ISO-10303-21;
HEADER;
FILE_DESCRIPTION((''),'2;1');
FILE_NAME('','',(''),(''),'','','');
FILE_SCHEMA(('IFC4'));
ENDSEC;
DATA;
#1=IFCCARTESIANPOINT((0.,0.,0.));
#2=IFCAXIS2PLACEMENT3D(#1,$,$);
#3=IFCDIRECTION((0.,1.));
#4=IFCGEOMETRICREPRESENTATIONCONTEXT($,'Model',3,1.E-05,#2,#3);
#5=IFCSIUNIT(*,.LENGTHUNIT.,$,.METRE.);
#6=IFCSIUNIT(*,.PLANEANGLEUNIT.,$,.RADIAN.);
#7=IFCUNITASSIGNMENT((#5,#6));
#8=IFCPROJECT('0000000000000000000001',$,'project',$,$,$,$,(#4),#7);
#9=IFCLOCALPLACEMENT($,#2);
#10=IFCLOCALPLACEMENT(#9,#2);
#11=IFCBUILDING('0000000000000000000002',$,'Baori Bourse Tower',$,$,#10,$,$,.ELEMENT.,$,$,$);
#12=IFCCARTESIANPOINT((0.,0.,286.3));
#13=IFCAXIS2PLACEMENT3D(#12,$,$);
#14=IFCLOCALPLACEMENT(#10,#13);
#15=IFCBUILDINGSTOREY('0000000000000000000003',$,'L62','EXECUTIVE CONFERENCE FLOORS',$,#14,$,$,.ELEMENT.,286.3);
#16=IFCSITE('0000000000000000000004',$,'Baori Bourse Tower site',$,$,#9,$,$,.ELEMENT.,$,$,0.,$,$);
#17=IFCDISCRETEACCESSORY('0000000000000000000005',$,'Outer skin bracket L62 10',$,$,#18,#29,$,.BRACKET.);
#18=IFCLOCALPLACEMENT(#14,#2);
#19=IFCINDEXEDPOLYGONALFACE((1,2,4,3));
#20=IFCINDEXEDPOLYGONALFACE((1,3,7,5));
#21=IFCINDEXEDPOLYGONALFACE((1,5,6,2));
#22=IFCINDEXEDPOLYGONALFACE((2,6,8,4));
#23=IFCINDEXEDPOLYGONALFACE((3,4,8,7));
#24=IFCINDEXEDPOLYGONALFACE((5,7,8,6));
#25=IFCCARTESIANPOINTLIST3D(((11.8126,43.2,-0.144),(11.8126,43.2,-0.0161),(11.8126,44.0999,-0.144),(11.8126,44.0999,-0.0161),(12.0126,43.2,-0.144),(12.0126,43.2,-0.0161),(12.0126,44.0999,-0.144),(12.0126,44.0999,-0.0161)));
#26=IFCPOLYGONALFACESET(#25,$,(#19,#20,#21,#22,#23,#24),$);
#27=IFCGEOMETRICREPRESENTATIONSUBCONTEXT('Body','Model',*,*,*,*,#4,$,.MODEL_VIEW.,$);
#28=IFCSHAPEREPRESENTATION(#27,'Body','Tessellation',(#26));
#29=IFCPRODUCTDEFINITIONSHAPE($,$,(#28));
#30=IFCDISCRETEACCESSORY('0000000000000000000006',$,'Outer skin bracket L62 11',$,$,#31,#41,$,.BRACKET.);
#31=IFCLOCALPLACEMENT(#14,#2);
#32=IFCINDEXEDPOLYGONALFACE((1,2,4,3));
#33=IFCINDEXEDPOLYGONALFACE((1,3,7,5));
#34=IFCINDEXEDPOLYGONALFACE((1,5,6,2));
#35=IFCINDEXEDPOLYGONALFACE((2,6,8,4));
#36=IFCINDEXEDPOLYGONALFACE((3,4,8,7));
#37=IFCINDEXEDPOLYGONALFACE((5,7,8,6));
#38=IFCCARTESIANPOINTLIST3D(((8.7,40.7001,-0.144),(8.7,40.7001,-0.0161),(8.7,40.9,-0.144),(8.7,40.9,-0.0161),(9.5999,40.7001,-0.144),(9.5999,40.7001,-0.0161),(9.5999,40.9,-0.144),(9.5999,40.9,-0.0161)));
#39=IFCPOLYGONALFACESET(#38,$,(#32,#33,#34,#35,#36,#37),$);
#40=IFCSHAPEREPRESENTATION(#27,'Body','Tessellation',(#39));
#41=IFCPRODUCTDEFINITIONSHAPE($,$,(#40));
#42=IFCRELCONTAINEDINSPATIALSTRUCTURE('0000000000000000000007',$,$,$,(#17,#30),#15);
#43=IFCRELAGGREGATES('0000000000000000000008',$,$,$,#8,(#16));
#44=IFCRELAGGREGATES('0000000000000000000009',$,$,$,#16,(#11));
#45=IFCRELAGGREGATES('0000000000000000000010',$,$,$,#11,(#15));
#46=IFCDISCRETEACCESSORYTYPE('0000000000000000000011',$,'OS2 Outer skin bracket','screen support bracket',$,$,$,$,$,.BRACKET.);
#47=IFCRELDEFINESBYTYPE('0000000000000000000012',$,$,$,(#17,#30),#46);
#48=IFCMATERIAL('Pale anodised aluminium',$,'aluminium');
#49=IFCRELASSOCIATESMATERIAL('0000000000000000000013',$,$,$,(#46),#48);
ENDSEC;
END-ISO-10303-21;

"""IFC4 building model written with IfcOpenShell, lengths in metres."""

from ifc_helpers import new_model, si_unit, direction, frame, origin, origin_2d, place, context, subcontext, project, spatial, rectangle, extrude, material, type_object, element, save


model = new_model("IFC4")

# Units and contexts
model_context = context("Model", 3, precision=1e-05, world=origin(), true_north=direction((0.0, 1.0)))
body_context = subcontext(model_context, "Body", "Model", "MODEL_VIEW")
ifc_project = project(units=[si_unit("LENGTHUNIT", "METRE"), si_unit("PLANEANGLEUNIT", "RADIAN")], contexts=[model_context])

# Site, building, storey
site_placement = place(None, origin())
site = spatial("IfcSite", under=ifc_project, at=site_placement, Name="Baori Bourse Tower site", CompositionType="ELEMENT", RefElevation=0.0)
building_placement = place(site_placement, origin())
building = spatial("IfcBuilding", under=site, at=building_placement, Name="Baori Bourse Tower", CompositionType="ELEMENT")
storey_placement = place(building_placement, frame((0.0, 0.0, 286.3)))
storey = spatial("IfcBuildingStorey", under=building, at=storey_placement, Name="L62", Description="EXECUTIVE CONFERENCE FLOORS", CompositionType="ELEMENT", Elevation=286.3)

# Discrete accessories
ifc_material_1 = material(Name="Pale anodised aluminium", Category="aluminium")
discrete_accessory_type = type_object("IfcDiscreteAccessoryType", Name="OS2 Outer skin bracket", Description="screen support bracket", PredefinedType="BRACKET", material=ifc_material_1)
for number, where, z_axis, x_axis, name in (
    (1, (11.9126, 43.6499, -0.144), (0.0, 0.0, 1.0), (-1.0, 0.0, 0.0), "Outer skin bracket L62 10"),
    (2, (9.1499, 40.8, -0.144), (0.0, 0.0, 1.0), (0.0, -1.0, 0.0), "Outer skin bracket L62 11"),
):
    element("IfcDiscreteAccessory", number, at=place(storey_placement, frame(where, z_axis=z_axis, x_axis=x_axis)), inside=storey, type_object=discrete_accessory_type, Name=name, PredefinedType="BRACKET", context=body_context, shape_type="SweptSolid", body=[
        extrude(rectangle(XDim=0.2, YDim=0.8999, at=origin_2d()), origin(), (0.0, 0.0, 1.0), 0.1279),
    ])

save(model, "model.ifc")
